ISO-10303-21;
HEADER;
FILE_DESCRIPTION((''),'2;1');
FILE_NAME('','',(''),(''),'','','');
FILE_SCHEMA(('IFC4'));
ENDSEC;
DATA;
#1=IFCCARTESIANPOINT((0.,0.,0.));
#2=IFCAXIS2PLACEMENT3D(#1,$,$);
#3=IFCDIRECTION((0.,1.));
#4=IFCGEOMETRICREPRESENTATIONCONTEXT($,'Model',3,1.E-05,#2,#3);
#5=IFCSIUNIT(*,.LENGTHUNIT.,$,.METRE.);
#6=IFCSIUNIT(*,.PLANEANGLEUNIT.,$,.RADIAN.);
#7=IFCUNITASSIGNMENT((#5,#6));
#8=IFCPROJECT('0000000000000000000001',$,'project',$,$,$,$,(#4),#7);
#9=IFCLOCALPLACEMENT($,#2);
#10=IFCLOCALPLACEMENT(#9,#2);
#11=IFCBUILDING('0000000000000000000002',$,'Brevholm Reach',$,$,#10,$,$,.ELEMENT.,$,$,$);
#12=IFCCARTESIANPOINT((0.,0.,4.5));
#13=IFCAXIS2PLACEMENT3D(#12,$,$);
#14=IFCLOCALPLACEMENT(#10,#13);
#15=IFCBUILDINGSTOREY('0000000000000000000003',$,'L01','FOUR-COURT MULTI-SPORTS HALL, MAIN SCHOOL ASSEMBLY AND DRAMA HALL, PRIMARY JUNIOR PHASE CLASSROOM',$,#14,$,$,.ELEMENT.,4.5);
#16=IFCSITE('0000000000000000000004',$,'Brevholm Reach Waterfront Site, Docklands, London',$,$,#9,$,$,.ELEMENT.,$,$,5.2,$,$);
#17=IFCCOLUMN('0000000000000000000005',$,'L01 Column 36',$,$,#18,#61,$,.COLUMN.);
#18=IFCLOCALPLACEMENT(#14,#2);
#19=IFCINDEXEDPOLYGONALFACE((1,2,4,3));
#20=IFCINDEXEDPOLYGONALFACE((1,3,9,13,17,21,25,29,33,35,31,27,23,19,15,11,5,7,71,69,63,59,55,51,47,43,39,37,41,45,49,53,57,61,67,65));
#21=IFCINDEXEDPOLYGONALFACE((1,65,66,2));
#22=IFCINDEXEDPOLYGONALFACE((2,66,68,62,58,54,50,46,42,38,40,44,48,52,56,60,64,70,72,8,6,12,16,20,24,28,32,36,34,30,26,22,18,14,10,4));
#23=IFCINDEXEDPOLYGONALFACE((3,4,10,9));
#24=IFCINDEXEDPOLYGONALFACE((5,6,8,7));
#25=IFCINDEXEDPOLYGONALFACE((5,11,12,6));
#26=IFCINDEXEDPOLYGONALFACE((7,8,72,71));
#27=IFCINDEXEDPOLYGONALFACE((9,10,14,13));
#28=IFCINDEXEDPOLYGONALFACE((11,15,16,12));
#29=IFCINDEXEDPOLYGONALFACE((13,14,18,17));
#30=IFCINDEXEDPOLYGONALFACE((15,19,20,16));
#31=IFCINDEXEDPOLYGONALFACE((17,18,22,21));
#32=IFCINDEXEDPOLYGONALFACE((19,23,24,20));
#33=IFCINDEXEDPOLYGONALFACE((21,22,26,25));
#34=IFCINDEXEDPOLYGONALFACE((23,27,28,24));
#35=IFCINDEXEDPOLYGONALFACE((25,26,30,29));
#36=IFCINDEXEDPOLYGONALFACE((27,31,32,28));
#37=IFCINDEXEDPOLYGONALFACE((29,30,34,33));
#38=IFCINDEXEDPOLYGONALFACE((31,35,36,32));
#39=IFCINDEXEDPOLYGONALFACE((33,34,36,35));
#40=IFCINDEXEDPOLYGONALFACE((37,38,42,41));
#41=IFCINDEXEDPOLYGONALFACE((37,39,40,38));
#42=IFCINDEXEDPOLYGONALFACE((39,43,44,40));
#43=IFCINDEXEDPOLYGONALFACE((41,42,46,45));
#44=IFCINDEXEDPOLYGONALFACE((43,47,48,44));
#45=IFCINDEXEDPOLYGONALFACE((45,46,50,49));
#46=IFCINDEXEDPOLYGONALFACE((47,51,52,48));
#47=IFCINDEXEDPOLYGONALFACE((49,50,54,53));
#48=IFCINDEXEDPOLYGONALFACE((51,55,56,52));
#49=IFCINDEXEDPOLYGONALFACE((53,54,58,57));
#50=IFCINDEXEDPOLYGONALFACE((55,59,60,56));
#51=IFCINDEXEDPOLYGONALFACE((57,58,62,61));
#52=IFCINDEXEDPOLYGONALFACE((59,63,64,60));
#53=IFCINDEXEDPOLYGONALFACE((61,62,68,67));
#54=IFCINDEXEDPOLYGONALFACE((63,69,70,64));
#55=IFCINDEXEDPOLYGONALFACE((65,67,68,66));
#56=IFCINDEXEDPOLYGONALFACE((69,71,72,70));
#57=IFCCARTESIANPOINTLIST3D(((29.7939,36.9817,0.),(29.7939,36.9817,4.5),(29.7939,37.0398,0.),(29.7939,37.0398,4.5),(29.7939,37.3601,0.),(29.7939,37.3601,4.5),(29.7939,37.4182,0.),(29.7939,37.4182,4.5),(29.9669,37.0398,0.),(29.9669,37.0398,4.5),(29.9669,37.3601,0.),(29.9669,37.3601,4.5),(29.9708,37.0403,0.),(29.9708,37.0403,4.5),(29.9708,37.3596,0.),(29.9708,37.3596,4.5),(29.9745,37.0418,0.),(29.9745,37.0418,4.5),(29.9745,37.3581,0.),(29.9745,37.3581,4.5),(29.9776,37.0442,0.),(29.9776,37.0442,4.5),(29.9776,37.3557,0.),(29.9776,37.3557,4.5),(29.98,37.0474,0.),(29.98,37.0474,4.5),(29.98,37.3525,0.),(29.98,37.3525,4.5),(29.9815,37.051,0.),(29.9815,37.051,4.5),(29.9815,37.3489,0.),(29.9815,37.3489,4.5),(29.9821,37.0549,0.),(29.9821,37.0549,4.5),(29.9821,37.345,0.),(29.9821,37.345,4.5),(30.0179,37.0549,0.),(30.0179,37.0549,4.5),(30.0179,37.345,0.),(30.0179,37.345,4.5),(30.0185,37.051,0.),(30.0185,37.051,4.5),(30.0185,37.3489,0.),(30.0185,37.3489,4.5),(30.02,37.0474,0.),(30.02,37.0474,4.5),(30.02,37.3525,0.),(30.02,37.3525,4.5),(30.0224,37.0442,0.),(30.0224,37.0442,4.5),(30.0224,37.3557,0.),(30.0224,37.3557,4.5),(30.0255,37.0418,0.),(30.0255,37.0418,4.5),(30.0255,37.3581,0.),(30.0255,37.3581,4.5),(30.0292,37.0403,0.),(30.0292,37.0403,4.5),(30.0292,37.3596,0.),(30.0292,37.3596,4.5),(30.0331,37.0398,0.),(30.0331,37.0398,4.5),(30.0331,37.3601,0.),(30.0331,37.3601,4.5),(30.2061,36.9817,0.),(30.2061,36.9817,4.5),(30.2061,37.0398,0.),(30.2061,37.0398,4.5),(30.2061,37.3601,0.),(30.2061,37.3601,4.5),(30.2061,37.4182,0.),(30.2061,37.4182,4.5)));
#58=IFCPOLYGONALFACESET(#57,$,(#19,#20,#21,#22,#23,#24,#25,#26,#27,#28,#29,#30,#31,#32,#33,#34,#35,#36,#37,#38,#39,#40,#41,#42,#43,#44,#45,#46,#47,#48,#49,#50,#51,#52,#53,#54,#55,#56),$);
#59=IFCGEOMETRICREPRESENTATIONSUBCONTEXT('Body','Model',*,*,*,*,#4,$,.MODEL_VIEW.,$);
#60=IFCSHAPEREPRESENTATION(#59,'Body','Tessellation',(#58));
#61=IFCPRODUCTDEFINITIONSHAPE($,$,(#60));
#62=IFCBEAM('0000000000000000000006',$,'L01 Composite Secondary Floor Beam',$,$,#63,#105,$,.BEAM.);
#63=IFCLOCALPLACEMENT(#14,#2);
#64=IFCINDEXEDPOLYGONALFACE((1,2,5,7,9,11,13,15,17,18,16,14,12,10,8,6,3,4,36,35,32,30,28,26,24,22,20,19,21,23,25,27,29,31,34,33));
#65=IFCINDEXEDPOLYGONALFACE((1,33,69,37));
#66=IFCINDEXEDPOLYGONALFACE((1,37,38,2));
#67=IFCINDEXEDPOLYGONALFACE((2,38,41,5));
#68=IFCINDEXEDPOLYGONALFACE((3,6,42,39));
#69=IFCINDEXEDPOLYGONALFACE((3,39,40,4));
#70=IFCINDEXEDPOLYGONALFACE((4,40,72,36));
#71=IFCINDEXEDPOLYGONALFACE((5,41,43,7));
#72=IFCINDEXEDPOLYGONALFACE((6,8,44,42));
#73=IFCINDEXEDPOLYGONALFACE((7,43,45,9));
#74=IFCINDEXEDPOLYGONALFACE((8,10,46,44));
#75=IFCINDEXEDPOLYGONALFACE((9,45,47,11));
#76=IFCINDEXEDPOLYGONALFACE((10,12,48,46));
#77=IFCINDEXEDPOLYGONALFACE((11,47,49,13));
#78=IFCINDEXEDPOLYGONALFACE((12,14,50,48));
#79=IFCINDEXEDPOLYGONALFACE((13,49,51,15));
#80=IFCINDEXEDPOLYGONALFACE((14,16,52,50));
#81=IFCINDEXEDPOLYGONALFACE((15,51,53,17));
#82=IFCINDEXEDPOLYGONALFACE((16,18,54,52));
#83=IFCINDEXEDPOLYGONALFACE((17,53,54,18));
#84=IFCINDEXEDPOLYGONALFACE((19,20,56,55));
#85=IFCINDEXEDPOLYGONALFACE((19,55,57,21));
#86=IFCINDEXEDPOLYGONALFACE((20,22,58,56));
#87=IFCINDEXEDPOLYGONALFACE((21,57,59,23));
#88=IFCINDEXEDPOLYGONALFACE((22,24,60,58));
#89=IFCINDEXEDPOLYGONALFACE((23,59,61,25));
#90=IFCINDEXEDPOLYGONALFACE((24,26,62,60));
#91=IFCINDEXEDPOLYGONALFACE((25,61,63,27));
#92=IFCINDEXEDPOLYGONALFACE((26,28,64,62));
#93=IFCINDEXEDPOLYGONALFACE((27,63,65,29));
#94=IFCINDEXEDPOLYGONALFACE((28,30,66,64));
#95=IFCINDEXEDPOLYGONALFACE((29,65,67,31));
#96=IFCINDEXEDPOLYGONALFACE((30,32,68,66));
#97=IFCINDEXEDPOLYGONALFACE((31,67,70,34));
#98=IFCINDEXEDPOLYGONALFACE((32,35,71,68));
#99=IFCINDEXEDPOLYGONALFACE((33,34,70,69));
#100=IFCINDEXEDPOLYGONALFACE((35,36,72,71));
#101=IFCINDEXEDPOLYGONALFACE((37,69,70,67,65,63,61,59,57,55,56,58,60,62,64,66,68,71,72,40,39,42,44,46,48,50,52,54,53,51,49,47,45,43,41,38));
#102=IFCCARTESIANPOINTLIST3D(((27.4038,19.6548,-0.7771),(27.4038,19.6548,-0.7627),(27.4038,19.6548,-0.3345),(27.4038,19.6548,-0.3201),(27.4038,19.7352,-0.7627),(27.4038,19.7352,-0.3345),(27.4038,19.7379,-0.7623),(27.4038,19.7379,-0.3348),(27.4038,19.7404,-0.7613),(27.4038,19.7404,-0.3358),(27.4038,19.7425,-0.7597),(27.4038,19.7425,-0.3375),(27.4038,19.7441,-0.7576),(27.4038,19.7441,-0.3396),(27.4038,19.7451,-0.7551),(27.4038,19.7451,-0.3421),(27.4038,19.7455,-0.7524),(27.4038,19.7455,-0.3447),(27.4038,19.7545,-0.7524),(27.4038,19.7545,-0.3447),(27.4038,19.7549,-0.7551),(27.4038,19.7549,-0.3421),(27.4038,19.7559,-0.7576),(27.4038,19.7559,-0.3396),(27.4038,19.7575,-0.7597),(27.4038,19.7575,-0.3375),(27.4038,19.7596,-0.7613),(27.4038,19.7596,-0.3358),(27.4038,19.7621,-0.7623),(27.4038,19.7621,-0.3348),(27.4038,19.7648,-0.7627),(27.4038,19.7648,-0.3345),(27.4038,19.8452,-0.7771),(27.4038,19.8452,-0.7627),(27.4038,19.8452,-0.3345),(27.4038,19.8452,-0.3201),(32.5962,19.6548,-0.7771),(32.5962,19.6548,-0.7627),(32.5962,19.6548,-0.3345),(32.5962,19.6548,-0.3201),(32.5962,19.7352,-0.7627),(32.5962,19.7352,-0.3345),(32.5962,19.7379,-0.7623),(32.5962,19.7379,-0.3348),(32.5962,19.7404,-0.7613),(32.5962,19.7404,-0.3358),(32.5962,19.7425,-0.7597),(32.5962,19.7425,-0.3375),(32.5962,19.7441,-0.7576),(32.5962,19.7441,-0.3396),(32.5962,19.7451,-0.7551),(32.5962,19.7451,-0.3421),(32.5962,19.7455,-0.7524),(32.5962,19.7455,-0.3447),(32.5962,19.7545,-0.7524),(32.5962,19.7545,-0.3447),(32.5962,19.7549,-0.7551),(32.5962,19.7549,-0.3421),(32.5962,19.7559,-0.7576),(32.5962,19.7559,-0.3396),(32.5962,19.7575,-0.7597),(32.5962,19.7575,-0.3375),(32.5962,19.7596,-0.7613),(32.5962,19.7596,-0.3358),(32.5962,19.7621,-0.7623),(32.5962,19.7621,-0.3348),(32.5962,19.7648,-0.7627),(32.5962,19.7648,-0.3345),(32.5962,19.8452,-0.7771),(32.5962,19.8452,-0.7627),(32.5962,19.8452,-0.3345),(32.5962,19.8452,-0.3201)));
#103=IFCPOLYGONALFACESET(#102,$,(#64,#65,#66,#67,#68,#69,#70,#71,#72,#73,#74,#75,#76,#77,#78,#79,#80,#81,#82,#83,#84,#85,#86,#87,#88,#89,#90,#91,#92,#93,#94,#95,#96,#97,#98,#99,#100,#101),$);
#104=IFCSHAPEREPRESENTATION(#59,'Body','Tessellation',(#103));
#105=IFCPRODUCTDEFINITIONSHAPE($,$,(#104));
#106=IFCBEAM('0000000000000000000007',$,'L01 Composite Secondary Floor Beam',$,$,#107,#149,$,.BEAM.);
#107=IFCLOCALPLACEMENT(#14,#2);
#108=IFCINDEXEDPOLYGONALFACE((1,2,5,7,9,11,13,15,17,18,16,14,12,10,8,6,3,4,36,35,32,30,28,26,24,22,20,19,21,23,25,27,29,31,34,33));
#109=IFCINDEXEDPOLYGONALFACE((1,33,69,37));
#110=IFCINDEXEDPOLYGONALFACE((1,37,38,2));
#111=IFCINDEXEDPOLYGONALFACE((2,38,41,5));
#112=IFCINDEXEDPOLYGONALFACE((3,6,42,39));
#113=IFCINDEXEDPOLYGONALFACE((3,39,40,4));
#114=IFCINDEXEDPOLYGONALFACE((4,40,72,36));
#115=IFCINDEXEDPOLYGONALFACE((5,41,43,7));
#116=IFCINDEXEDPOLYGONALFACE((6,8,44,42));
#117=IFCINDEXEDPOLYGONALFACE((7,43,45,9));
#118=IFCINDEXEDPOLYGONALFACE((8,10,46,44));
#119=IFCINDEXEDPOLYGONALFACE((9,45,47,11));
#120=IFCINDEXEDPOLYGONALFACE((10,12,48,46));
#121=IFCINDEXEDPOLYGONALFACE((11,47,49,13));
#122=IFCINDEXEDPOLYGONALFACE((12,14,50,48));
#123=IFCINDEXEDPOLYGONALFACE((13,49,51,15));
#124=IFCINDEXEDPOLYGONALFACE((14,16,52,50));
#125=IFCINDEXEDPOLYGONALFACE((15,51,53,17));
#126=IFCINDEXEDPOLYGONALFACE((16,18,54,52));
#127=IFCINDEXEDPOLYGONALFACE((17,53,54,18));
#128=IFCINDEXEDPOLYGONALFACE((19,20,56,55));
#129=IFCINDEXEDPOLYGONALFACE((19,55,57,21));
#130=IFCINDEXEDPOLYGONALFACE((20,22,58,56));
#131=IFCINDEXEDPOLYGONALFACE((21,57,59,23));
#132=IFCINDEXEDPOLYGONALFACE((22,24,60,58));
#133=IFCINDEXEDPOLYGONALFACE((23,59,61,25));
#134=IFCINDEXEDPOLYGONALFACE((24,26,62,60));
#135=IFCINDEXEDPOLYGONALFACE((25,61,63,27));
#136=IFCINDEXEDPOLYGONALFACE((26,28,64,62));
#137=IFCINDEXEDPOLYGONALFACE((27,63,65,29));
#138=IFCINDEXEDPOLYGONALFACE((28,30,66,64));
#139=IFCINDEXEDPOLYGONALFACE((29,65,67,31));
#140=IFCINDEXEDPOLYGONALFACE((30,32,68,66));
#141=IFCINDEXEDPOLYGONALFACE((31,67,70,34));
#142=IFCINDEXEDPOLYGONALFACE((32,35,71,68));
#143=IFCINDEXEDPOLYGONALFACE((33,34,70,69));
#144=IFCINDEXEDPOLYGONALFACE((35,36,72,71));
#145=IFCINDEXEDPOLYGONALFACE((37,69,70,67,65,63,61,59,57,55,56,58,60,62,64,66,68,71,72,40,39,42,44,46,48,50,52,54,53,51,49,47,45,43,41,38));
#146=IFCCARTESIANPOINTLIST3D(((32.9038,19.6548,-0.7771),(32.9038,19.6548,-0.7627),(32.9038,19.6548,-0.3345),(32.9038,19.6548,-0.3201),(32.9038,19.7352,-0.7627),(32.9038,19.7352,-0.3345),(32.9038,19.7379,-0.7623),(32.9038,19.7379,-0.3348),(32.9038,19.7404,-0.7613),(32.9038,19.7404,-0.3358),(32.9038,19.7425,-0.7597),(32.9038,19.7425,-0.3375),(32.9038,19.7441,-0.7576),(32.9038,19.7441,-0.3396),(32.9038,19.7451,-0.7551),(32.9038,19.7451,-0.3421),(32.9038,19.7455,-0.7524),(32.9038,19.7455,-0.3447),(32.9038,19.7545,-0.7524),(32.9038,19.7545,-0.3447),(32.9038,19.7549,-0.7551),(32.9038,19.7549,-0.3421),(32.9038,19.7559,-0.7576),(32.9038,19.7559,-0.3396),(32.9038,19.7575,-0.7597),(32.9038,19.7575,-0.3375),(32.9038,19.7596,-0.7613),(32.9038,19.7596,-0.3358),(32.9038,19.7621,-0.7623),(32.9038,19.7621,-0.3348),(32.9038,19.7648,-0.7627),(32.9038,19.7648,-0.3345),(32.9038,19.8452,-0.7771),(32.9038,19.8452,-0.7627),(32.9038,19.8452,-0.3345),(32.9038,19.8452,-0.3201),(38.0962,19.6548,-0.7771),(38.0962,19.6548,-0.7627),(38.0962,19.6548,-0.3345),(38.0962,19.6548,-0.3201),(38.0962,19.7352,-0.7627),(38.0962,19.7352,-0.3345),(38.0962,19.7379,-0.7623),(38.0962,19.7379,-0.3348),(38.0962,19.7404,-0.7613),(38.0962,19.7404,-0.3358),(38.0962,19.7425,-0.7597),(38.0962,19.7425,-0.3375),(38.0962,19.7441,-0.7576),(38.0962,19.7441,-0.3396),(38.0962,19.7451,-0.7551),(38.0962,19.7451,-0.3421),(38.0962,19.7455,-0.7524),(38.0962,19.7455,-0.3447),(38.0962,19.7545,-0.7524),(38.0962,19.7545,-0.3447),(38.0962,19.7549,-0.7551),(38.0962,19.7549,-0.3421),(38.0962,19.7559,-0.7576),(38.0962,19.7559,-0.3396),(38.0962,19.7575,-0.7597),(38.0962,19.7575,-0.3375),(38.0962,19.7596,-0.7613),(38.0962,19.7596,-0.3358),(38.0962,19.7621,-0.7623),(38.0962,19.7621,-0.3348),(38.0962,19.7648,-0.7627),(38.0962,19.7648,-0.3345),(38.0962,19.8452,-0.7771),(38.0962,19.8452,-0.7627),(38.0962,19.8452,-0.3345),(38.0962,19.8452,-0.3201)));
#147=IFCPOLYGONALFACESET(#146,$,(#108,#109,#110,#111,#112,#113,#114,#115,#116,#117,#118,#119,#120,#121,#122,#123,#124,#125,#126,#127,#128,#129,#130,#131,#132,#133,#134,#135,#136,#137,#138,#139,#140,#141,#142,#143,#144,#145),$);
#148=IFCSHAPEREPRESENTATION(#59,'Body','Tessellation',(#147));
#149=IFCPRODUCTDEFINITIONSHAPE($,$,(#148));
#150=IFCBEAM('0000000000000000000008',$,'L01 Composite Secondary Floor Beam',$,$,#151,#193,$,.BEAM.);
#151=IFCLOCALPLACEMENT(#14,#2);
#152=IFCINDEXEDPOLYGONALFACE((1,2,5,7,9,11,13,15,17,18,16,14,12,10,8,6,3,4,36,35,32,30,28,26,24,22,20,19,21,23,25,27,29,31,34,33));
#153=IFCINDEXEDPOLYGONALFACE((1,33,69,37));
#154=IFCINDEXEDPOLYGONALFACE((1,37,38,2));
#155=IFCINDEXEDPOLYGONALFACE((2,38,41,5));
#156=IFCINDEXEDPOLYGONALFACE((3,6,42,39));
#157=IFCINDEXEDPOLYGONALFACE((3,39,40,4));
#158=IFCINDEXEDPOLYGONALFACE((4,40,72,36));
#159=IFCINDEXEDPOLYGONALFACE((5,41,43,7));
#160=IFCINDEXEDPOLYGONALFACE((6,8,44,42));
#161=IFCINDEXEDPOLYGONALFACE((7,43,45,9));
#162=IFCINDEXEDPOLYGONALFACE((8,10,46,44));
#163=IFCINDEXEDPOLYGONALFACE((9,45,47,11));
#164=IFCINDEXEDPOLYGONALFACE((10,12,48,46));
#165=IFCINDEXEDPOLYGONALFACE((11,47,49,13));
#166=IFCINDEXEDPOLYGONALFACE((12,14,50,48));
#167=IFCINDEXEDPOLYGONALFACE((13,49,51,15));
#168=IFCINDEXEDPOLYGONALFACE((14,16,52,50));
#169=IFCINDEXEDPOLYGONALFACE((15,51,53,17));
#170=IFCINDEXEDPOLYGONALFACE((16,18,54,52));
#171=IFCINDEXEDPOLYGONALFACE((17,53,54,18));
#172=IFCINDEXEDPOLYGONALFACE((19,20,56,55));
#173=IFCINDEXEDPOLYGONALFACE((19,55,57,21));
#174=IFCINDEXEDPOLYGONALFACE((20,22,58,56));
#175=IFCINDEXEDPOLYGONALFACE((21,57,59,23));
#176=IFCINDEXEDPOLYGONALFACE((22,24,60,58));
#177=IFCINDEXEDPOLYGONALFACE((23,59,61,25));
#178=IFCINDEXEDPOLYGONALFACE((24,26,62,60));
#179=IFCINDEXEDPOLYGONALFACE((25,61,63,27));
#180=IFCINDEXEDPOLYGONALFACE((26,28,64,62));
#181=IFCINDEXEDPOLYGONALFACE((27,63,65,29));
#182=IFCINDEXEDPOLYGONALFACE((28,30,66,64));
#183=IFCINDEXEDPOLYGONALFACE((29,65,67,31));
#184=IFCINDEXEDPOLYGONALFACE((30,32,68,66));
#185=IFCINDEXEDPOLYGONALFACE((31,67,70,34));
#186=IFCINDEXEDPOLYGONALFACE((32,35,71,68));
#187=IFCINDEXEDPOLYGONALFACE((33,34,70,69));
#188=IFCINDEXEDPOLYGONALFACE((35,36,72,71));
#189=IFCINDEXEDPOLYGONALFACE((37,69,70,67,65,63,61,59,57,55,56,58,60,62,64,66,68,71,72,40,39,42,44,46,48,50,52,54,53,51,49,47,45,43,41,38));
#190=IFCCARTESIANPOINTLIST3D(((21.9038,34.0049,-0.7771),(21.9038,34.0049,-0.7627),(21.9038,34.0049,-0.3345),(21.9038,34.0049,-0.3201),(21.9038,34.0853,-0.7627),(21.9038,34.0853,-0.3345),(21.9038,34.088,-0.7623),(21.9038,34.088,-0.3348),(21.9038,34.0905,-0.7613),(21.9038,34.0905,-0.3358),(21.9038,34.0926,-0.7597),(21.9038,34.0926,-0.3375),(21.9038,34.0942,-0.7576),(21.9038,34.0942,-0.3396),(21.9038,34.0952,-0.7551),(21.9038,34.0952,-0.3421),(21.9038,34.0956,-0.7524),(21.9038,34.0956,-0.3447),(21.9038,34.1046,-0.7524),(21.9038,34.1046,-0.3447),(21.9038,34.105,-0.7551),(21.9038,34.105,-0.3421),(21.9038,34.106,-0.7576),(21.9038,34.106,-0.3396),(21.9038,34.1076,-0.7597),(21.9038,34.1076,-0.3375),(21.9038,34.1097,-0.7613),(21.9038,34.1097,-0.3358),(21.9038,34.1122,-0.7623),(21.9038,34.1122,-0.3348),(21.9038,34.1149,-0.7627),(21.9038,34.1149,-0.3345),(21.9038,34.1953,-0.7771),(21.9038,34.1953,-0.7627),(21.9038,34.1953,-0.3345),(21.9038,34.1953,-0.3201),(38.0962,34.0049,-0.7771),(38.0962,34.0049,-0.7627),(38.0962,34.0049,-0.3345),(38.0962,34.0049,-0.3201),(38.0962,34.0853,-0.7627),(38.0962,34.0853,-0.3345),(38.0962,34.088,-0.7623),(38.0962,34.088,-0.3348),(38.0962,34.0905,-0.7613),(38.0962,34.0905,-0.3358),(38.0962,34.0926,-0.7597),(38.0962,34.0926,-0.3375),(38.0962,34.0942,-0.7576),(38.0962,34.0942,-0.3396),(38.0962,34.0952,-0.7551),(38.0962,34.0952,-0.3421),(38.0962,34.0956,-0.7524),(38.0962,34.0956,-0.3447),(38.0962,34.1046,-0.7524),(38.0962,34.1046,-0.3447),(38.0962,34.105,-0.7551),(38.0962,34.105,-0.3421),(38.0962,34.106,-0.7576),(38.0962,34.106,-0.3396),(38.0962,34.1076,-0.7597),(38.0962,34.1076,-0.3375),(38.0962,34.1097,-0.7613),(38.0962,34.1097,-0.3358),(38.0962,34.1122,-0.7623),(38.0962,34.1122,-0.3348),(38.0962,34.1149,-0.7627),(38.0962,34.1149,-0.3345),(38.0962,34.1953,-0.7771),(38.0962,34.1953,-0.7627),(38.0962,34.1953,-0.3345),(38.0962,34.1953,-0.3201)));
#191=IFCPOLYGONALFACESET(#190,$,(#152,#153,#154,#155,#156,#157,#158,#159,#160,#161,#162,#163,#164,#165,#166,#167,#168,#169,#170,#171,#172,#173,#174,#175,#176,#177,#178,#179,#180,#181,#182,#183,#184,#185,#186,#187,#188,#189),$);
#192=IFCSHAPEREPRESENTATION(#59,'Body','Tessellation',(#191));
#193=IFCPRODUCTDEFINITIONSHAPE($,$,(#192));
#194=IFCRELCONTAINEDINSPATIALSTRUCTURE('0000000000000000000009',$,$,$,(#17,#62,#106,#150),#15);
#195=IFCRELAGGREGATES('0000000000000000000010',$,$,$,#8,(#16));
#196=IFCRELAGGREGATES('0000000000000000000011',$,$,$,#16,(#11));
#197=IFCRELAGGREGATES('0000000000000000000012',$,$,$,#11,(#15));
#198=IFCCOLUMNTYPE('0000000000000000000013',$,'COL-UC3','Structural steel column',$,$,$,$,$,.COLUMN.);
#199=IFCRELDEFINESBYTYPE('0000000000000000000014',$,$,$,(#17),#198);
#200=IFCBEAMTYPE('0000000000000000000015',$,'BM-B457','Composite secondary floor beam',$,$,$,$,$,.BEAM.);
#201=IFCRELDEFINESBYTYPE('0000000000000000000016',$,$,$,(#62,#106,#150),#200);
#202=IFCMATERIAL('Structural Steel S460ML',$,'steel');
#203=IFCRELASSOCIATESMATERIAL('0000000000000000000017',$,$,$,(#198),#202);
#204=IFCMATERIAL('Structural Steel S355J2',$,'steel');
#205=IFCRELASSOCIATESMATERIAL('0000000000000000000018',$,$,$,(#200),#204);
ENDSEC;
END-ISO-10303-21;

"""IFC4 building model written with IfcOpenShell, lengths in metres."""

from ifc_helpers import new_model, si_unit, direction, frame, origin, origin_2d, place, context, subcontext, project, spatial, i_section, extrude, material, material_profile, profile_set, type_object, element, save


model = new_model("IFC4")

# Units and contexts
model_context = context("Model", 3, precision=1e-05, world=origin(), true_north=direction((0.0, 1.0)))
body_context = subcontext(model_context, "Body", "Model", "MODEL_VIEW")
ifc_project = project(units=[si_unit("LENGTHUNIT", "METRE"), si_unit("PLANEANGLEUNIT", "RADIAN")], contexts=[model_context])

# Site, building, storey
site_placement = place(None, origin())
site = spatial("IfcSite", under=ifc_project, at=site_placement, Name="Brevholm Reach Waterfront Site, Docklands, London", CompositionType="ELEMENT", RefElevation=5.2)
building_placement = place(site_placement, origin())
building = spatial("IfcBuilding", under=site, at=building_placement, Name="Brevholm Reach", CompositionType="ELEMENT")
storey_placement = place(building_placement, frame((0.0, 0.0, 4.5)))
storey = spatial("IfcBuildingStorey", under=building, at=storey_placement, Name="L01", Description="FOUR-COURT MULTI-SPORTS HALL, MAIN SCHOOL ASSEMBLY AND DRAMA HALL, PRIMARY JUNIOR PHASE CLASSROOM", CompositionType="ELEMENT", Elevation=4.5)

# Column
ifc_material_1 = material(Name="Structural Steel S460ML", Category="steel")
ifc_material_profile_1 = material_profile(ifc_material_1, i_section(OverallWidth=0.4121, OverallDepth=0.4365, WebThickness=0.0359, FlangeThickness=0.0581, FilletRadius=0.0151, at=origin_2d()), Name="UKC 356x406x467")
ifc_profile_set_1 = profile_set([ifc_material_profile_1], Name="Structural Steel S460ML")
column_type_1 = type_object("IfcColumnType", Name="COL-UC3", Description="Structural steel column", PredefinedType="COLUMN", material=ifc_profile_set_1)
for number, where, z_axis, x_axis, name in (
    (1, (30.0, 37.2, 0.0), (0.0, 0.0, 1.0), (1.0, 0.0, 0.0), "L01 Column 36"),
):
    element("IfcColumn", number, at=place(storey_placement, frame(where, z_axis=z_axis, x_axis=x_axis)), inside=storey, type_object=column_type_1, Name=name, PredefinedType="COLUMN", context=body_context, shape_type="SweptSolid", body=[
        extrude(i_section(OverallWidth=0.4121, OverallDepth=0.4365, WebThickness=0.0359, FlangeThickness=0.0581, FilletRadius=0.0151, at=origin_2d()), origin(), (0.0, 0.0, 1.0), 4.5),
    ])

# Beams
ifc_material_2 = material(Name="Structural Steel S355J2", Category="steel")
ifc_material_profile_2 = material_profile(ifc_material_2, i_section(OverallWidth=0.1904, OverallDepth=0.457, WebThickness=0.009, FlangeThickness=0.0144, FilletRadius=0.0103, at=origin_2d()), Name="UKB 457x191x74")
ifc_profile_set_2 = profile_set([ifc_material_profile_2], Name="Structural Steel S355J2")
beam_type_1 = type_object("IfcBeamType", Name="BM-B457", Description="Composite secondary floor beam", PredefinedType="BEAM", material=ifc_profile_set_2)
for number, where, z_axis, x_axis, name in (
    (2, (27.4038, 19.75, -0.5486), (1.0, 0.0, 0.0), (0.0, 1.0, 0.0), "L01 Composite Secondary Floor Beam"),
    (3, (32.9038, 19.75, -0.5486), (1.0, 0.0, 0.0), (0.0, 1.0, 0.0), "L01 Composite Secondary Floor Beam"),
):
    element("IfcBeam", number, at=place(storey_placement, frame(where, z_axis=z_axis, x_axis=x_axis)), inside=storey, type_object=beam_type_1, Name=name, PredefinedType="BEAM", context=body_context, shape_type="SweptSolid", body=[
        extrude(i_section(OverallWidth=0.1904, OverallDepth=0.457, WebThickness=0.009, FlangeThickness=0.0144, FilletRadius=0.0103, at=origin_2d()), origin(), (0.0, 0.0, 1.0), 5.1924),
    ])
beam_1_placement = place(storey_placement, frame((21.9038, 34.1001, -0.5486), z_axis=(1.0, 0.0, 0.0), x_axis=(0.0, 1.0, 0.0)))
element("IfcBeam", 4, at=beam_1_placement, inside=storey, type_object=beam_type_1, Name="L01 Composite Secondary Floor Beam", PredefinedType="BEAM", context=body_context, shape_type="SweptSolid", body=[
    extrude(i_section(OverallWidth=0.1904, OverallDepth=0.457, WebThickness=0.009, FlangeThickness=0.0144, FilletRadius=0.0103, at=origin_2d()), origin(), (0.0, 0.0, 1.0), 16.1924),
])

save(model, "model.ifc")
